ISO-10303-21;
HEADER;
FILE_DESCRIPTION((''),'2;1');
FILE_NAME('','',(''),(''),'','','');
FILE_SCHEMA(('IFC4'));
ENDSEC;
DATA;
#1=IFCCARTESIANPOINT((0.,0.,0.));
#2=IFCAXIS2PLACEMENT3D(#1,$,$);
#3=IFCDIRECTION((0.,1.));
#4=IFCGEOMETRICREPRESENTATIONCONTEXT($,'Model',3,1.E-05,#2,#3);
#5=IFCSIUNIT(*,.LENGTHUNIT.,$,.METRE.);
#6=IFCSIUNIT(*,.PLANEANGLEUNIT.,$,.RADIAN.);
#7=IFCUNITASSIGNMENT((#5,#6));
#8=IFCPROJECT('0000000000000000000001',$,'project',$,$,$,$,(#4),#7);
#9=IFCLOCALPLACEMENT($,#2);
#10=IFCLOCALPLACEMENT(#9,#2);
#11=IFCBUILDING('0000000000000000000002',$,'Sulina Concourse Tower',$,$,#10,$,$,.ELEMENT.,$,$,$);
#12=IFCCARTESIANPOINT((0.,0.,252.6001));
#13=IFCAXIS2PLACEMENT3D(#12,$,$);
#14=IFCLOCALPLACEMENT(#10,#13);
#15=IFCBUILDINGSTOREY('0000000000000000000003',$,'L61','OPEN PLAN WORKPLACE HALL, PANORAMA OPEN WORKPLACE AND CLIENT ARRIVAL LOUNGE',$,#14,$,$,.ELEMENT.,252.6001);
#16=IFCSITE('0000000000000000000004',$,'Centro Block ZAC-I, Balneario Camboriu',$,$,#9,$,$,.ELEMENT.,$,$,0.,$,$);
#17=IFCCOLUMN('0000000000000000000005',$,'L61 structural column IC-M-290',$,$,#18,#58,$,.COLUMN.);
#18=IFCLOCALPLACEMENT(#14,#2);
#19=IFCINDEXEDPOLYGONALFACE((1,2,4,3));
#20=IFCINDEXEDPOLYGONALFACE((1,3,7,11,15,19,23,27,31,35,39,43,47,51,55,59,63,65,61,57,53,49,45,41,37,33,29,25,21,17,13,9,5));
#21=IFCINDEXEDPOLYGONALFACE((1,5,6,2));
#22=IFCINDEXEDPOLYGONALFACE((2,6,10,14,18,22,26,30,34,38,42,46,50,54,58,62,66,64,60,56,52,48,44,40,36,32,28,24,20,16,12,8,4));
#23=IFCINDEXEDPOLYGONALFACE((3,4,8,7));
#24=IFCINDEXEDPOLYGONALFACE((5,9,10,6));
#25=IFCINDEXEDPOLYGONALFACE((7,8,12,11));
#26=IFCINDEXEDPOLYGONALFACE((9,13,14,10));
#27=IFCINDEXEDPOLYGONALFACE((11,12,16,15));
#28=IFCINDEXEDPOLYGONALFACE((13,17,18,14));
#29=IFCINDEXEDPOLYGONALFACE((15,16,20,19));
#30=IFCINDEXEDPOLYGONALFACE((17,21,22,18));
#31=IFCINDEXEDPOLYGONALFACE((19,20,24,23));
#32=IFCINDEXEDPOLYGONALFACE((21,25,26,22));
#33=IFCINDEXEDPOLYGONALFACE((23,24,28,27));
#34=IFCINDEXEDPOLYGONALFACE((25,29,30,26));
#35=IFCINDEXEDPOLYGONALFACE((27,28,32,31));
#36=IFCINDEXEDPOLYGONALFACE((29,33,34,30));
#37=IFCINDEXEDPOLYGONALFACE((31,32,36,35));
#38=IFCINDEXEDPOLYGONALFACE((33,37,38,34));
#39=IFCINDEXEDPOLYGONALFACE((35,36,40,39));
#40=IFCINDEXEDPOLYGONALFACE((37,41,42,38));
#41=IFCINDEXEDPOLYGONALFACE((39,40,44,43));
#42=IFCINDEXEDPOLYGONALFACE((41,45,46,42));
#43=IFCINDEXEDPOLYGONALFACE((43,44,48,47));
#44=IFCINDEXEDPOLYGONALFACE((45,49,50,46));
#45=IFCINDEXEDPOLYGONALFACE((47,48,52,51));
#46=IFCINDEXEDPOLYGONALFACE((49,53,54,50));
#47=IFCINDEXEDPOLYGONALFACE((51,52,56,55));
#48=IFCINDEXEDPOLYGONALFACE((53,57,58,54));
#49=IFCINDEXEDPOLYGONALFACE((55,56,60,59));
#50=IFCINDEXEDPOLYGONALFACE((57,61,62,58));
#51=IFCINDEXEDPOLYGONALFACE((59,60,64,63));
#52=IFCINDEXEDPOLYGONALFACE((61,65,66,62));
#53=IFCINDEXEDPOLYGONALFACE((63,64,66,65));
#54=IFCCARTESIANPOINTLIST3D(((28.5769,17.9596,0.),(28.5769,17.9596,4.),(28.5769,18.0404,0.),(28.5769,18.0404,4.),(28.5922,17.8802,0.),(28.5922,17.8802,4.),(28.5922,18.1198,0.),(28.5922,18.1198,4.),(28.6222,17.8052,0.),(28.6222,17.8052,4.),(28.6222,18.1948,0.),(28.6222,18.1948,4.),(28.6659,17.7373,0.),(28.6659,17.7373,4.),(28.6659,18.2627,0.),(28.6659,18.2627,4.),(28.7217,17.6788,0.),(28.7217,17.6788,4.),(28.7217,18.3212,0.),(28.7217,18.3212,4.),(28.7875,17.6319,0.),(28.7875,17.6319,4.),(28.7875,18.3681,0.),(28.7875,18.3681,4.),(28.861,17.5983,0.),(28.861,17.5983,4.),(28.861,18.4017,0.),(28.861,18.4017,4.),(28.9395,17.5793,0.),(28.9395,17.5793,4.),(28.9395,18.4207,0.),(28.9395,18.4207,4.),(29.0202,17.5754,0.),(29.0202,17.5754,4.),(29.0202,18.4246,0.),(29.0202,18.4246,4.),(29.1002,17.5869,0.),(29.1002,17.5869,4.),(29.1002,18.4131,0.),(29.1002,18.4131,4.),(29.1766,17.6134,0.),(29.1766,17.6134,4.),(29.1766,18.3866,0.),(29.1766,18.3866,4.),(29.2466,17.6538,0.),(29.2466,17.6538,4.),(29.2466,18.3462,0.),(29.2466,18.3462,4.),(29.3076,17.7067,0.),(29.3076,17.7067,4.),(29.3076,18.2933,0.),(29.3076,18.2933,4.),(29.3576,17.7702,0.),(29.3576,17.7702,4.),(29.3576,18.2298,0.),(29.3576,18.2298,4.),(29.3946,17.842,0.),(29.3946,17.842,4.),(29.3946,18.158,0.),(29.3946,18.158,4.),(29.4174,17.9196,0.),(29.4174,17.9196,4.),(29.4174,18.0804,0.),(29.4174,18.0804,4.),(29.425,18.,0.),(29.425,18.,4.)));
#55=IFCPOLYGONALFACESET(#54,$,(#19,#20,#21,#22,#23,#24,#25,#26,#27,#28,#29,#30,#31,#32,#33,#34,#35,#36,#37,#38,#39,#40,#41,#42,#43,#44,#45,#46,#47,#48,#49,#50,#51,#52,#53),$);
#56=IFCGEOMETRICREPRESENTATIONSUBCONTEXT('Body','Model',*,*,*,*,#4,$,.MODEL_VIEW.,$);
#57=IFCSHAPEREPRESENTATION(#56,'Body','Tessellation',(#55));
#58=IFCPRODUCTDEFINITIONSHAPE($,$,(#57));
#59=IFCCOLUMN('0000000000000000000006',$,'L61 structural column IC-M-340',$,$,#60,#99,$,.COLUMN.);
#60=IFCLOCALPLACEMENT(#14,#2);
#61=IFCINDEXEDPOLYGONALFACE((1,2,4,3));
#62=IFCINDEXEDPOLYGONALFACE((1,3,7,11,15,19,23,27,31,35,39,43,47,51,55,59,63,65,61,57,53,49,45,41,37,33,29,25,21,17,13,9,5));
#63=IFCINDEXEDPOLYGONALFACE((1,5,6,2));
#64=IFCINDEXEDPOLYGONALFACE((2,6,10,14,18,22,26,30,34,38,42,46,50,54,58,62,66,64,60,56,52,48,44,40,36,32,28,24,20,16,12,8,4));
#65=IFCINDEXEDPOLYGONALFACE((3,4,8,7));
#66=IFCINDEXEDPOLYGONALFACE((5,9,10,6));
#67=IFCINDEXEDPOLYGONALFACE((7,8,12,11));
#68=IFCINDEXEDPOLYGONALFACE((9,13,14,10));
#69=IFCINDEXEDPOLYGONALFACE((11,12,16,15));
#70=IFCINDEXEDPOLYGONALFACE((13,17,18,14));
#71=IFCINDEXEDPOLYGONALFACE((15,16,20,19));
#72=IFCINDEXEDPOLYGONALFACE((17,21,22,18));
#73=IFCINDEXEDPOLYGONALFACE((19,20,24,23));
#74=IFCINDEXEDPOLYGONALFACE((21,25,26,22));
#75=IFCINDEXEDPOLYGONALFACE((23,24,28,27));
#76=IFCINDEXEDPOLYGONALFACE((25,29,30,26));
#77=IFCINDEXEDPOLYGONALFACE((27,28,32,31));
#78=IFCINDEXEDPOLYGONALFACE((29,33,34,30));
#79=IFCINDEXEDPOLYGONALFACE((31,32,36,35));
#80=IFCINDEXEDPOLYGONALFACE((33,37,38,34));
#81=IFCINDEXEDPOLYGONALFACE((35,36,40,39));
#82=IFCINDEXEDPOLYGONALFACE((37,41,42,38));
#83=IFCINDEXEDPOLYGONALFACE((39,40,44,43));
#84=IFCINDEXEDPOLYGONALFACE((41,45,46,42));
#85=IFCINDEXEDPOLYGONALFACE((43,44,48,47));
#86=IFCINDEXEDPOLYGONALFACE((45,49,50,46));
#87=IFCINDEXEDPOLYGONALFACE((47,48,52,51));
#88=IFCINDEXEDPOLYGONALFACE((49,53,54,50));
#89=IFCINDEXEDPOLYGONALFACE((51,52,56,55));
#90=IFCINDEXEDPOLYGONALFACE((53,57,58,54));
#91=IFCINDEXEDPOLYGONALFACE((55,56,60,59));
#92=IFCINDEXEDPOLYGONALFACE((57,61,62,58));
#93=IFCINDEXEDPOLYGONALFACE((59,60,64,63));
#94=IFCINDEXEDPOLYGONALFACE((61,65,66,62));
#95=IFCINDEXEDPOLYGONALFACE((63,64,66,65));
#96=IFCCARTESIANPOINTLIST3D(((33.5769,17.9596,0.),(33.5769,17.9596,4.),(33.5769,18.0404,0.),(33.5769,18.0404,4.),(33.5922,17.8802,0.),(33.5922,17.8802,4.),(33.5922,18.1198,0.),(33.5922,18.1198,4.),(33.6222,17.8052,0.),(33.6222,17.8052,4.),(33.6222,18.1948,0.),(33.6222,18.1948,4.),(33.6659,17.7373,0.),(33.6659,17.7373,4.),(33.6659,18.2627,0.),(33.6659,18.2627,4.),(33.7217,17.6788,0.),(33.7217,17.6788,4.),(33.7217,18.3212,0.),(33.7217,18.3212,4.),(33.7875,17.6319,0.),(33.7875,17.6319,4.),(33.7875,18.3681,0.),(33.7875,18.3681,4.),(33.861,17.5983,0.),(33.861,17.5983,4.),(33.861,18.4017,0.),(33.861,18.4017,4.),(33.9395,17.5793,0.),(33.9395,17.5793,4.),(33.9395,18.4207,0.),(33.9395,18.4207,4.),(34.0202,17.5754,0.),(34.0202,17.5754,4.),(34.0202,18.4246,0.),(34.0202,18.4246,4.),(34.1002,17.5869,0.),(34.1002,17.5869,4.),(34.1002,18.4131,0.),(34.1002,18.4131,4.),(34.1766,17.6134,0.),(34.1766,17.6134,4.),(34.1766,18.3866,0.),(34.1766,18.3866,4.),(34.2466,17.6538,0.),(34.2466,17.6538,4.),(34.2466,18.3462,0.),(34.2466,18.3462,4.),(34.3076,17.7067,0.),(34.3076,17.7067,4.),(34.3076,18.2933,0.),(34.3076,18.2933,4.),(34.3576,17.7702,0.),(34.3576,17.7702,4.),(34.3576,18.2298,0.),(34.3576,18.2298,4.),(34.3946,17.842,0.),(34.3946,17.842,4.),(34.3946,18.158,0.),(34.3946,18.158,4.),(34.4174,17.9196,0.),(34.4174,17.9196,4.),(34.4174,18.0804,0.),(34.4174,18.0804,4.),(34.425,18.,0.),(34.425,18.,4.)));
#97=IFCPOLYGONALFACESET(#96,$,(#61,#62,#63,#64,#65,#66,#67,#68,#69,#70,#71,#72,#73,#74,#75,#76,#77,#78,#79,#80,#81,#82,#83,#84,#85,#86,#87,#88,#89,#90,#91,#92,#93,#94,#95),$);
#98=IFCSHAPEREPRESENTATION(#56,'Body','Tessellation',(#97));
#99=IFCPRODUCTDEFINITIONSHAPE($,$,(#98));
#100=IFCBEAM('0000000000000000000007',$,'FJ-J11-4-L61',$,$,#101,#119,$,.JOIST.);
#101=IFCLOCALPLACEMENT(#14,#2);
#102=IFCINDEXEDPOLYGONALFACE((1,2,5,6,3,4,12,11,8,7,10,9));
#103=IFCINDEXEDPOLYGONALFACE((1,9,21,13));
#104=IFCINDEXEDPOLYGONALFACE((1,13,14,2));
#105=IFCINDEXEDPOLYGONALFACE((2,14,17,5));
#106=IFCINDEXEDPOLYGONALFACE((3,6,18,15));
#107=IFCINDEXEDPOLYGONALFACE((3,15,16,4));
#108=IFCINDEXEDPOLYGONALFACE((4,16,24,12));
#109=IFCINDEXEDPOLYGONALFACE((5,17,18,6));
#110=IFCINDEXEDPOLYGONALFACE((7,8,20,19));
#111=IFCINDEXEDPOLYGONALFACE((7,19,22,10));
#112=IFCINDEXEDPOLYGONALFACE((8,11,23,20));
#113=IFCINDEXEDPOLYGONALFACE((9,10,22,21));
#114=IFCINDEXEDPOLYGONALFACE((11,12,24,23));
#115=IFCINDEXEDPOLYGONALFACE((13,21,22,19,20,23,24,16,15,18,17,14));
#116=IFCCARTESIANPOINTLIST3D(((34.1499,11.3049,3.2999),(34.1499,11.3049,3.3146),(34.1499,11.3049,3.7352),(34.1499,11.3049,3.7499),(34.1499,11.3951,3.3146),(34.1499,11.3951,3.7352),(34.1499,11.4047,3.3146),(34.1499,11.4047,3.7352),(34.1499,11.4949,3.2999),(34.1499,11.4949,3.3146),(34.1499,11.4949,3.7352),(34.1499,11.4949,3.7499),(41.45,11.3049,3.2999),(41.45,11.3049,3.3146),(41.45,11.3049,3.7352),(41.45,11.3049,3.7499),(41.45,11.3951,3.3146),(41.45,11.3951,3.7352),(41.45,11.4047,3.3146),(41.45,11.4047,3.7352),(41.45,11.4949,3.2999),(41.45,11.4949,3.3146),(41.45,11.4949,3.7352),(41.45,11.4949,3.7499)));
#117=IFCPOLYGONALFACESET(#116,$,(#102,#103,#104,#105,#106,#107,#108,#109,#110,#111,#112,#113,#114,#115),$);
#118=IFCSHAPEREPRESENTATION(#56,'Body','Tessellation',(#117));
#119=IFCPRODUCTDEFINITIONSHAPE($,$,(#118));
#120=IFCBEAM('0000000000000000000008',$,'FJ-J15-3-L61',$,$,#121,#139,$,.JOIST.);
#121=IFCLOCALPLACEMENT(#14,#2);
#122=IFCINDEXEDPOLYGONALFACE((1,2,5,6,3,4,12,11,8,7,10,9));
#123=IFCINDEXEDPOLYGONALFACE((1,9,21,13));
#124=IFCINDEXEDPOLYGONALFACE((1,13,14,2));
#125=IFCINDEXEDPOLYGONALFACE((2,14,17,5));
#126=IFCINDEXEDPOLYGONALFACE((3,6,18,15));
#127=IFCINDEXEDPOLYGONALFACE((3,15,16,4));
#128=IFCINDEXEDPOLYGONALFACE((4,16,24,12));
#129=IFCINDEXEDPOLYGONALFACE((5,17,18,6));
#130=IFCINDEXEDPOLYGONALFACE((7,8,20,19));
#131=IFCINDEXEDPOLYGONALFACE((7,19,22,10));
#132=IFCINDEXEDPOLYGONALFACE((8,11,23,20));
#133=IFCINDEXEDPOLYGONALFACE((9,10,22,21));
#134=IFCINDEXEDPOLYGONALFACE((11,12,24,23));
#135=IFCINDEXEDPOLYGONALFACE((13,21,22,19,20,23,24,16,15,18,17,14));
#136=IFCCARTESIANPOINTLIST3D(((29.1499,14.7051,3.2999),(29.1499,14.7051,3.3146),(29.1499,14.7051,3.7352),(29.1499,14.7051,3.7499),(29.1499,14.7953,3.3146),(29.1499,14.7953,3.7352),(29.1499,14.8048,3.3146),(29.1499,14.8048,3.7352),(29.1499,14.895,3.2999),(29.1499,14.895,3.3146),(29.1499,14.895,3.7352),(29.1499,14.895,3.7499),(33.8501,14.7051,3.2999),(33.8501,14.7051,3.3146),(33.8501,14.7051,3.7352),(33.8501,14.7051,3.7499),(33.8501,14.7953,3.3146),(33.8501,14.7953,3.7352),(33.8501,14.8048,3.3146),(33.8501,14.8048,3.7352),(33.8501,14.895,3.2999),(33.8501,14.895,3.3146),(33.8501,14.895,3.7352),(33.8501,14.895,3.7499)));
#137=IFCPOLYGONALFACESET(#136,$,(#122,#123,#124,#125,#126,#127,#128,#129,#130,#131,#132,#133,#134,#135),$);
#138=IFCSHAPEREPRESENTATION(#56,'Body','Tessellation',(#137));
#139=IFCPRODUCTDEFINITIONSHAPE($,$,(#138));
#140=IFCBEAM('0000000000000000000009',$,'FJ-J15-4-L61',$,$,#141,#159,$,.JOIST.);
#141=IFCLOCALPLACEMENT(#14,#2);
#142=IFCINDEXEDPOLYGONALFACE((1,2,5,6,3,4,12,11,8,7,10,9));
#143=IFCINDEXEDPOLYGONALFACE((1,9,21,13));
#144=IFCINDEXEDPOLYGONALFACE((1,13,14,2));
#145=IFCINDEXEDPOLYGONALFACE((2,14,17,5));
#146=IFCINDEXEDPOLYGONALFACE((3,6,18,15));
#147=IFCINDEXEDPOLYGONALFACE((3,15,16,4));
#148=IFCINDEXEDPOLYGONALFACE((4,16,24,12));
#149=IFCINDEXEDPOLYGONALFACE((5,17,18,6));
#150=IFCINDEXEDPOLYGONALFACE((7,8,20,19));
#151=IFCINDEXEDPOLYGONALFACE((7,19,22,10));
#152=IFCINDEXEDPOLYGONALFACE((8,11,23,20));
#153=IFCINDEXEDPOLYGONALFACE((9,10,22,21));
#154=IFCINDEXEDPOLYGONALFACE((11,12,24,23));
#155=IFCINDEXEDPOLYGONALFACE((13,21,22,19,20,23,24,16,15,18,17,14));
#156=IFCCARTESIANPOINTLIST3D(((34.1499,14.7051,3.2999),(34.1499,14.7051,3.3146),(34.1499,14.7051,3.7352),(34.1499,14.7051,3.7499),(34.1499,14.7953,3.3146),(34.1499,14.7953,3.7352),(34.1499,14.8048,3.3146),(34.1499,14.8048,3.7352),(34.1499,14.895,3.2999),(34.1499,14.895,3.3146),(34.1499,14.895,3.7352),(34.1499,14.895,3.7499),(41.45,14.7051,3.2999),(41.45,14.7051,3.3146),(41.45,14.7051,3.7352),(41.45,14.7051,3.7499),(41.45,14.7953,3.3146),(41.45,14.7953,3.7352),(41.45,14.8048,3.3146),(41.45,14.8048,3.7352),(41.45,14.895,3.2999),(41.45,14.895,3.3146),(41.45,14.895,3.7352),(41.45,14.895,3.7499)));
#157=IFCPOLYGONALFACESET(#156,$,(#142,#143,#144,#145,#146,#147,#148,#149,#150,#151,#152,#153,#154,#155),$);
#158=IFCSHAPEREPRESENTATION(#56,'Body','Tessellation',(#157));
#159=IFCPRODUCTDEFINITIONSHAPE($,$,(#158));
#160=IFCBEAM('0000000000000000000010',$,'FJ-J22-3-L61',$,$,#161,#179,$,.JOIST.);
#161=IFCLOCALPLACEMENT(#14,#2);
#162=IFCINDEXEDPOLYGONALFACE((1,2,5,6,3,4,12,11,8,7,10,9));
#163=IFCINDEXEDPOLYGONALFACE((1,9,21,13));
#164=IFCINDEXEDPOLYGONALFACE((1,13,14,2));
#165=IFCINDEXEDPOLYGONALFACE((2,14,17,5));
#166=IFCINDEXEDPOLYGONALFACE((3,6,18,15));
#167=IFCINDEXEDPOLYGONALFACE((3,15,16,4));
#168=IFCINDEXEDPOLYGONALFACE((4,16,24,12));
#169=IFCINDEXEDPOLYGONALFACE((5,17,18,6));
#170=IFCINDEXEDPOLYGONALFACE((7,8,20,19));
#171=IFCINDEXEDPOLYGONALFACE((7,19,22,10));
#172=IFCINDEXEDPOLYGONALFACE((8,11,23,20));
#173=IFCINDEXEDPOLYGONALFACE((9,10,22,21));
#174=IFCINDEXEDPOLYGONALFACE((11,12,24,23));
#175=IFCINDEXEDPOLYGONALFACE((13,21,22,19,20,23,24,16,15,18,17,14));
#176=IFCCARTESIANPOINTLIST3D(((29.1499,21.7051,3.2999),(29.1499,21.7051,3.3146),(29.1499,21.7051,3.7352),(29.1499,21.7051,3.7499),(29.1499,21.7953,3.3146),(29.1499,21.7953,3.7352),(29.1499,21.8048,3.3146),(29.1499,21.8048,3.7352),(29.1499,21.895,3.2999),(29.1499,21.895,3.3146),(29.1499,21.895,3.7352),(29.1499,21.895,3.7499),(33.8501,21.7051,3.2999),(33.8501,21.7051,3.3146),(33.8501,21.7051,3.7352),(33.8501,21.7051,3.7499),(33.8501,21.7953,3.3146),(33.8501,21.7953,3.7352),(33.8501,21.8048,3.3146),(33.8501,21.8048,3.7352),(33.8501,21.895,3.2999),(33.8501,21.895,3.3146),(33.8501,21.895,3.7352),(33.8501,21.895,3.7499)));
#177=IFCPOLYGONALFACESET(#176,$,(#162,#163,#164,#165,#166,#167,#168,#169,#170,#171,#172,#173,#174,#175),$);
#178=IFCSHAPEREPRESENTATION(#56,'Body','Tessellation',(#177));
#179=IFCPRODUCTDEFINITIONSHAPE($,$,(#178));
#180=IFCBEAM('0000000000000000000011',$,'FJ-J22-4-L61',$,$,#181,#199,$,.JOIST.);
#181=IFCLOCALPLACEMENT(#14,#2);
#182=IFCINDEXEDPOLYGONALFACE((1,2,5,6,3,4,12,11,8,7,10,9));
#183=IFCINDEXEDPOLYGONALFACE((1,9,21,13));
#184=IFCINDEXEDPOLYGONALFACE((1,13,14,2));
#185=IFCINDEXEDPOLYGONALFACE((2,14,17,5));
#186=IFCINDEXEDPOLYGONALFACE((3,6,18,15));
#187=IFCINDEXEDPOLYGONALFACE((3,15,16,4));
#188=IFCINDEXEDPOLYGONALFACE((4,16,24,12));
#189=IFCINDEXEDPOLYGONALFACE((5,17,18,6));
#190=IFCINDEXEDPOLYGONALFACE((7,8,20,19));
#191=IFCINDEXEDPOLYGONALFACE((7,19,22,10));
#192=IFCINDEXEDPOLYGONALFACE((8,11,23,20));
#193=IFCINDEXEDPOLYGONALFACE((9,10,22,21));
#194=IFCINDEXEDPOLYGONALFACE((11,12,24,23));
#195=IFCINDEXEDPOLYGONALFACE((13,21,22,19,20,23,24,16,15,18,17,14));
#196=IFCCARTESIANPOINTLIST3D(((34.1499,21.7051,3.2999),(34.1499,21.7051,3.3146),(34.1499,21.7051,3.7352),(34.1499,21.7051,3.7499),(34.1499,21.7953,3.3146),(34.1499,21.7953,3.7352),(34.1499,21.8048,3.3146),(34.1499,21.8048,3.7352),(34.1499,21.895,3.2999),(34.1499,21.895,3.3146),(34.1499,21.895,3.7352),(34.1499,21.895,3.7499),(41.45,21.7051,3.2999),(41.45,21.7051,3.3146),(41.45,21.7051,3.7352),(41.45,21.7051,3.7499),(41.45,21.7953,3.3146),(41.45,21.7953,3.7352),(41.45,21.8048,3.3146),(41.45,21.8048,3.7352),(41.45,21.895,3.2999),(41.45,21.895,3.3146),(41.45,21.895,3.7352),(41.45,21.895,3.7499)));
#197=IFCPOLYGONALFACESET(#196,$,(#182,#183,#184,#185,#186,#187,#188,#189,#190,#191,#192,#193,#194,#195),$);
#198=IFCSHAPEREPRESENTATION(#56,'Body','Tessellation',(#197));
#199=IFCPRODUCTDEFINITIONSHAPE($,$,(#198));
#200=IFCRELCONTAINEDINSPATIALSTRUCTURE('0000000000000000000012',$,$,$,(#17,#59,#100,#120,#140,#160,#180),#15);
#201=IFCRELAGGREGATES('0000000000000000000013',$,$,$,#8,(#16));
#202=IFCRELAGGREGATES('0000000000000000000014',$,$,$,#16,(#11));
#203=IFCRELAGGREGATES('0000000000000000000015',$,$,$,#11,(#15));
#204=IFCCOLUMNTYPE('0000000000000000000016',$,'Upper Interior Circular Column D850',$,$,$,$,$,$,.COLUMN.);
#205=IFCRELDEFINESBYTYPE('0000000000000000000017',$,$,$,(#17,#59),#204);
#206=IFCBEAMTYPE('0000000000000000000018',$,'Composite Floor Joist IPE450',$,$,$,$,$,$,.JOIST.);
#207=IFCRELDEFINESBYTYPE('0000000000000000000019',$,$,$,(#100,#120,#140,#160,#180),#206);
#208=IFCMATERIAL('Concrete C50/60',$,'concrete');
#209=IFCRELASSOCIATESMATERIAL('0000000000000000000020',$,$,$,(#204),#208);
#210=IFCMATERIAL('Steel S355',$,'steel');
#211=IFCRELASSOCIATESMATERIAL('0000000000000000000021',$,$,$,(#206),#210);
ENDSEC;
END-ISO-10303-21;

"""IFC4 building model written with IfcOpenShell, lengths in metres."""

from ifc_helpers import new_model, si_unit, direction, frame, origin, origin_2d, place, context, subcontext, project, spatial, circle, i_section, extrude, material, material_profile, profile_set, type_object, element, save


model = new_model("IFC4")

# Units and contexts
model_context = context("Model", 3, precision=1e-05, world=origin(), true_north=direction((0.0, 1.0)))
body_context = subcontext(model_context, "Body", "Model", "MODEL_VIEW")
ifc_project = project(units=[si_unit("LENGTHUNIT", "METRE"), si_unit("PLANEANGLEUNIT", "RADIAN")], contexts=[model_context])

# Site, building, storey
site_placement = place(None, origin())
site = spatial("IfcSite", under=ifc_project, at=site_placement, Name="Centro Block ZAC-I, Balneario Camboriu", CompositionType="ELEMENT", RefElevation=0.0)
building_placement = place(site_placement, origin())
building = spatial("IfcBuilding", under=site, at=building_placement, Name="Sulina Concourse Tower", CompositionType="ELEMENT")
storey_placement = place(building_placement, frame((0.0, 0.0, 252.6001)))
storey = spatial("IfcBuildingStorey", under=building, at=storey_placement, Name="L61", Description="OPEN PLAN WORKPLACE HALL, PANORAMA OPEN WORKPLACE AND CLIENT ARRIVAL LOUNGE", CompositionType="ELEMENT", Elevation=252.6001)

# Columns
ifc_material_1 = material(Name="Concrete C50/60", Category="concrete")
ifc_material_profile_1 = material_profile(ifc_material_1, circle(Radius=0.425, at=origin_2d()), Name="RC D850")
ifc_profile_set_1 = profile_set([ifc_material_profile_1], Name="Concrete C50/60")
column_type = type_object("IfcColumnType", Name="Upper Interior Circular Column D850", PredefinedType="COLUMN", material=ifc_profile_set_1)
for number, where, z_axis, x_axis, name in (
    (1, (29.0, 18.0, 0.0), (0.0, 0.0, 1.0), (1.0, 0.0, 0.0), "L61 structural column IC-M-290"),
    (2, (34.0, 18.0, 0.0), (0.0, 0.0, 1.0), (1.0, 0.0, 0.0), "L61 structural column IC-M-340"),
):
    element("IfcColumn", number, at=place(storey_placement, frame(where, z_axis=z_axis, x_axis=x_axis)), inside=storey, type_object=column_type, Name=name, PredefinedType="COLUMN", context=body_context, shape_type="SweptSolid", body=[
        extrude(circle(Radius=0.425, at=origin_2d()), origin(), (0.0, 0.0, 1.0), 4.0),
    ])

# Beams
ifc_material_2 = material(Name="Steel S355", Category="steel")
ifc_material_profile_2 = material_profile(ifc_material_2, i_section(OverallWidth=0.1899, OverallDepth=0.45, WebThickness=0.0095, FlangeThickness=0.0146, at=origin_2d()), Name="IPE 450")
ifc_profile_set_2 = profile_set([ifc_material_profile_2], Name="Steel S355")
beam_type_1 = type_object("IfcBeamType", Name="Composite Floor Joist IPE450", PredefinedType="JOIST", material=ifc_profile_set_2)
beam_1_placement = place(storey_placement, frame((34.1499, 11.3999, 3.5249), z_axis=(1.0, 0.0, 0.0), x_axis=(0.0, 1.0, 0.0)))
element("IfcBeam", 3, at=beam_1_placement, inside=storey, type_object=beam_type_1, Name="FJ-J11-4-L61", PredefinedType="JOIST", context=body_context, shape_type="SweptSolid", body=[
    extrude(i_section(OverallWidth=0.1899, OverallDepth=0.45, WebThickness=0.0095, FlangeThickness=0.0146, at=origin_2d()), origin(), (0.0, 0.0, 1.0), 7.3),
])
beam_2_placement = place(storey_placement, frame((29.1499, 14.8, 3.5249), z_axis=(1.0, 0.0, 0.0), x_axis=(0.0, 1.0, 0.0)))
element("IfcBeam", 4, at=beam_2_placement, inside=storey, type_object=beam_type_1, Name="FJ-J15-3-L61", PredefinedType="JOIST", context=body_context, shape_type="SweptSolid", body=[
    extrude(i_section(OverallWidth=0.1899, OverallDepth=0.45, WebThickness=0.0095, FlangeThickness=0.0146, at=origin_2d()), origin(), (0.0, 0.0, 1.0), 4.7002),
])
beam_3_placement = place(storey_placement, frame((34.1499, 14.8, 3.5249), z_axis=(1.0, 0.0, 0.0), x_axis=(0.0, 1.0, 0.0)))
element("IfcBeam", 5, at=beam_3_placement, inside=storey, type_object=beam_type_1, Name="FJ-J15-4-L61", PredefinedType="JOIST", context=body_context, shape_type="SweptSolid", body=[
    extrude(i_section(OverallWidth=0.1899, OverallDepth=0.45, WebThickness=0.0095, FlangeThickness=0.0146, at=origin_2d()), origin(), (0.0, 0.0, 1.0), 7.3),
])
beam_4_placement = place(storey_placement, frame((29.1499, 21.8, 3.5249), z_axis=(1.0, 0.0, 0.0), x_axis=(0.0, 1.0, 0.0)))
element("IfcBeam", 6, at=beam_4_placement, inside=storey, type_object=beam_type_1, Name="FJ-J22-3-L61", PredefinedType="JOIST", context=body_context, shape_type="SweptSolid", body=[
    extrude(i_section(OverallWidth=0.1899, OverallDepth=0.45, WebThickness=0.0095, FlangeThickness=0.0146, at=origin_2d()), origin(), (0.0, 0.0, 1.0), 4.7002),
])
beam_5_placement = place(storey_placement, frame((34.1499, 21.8, 3.5249), z_axis=(1.0, 0.0, 0.0), x_axis=(0.0, 1.0, 0.0)))
element("IfcBeam", 7, at=beam_5_placement, inside=storey, type_object=beam_type_1, Name="FJ-J22-4-L61", PredefinedType="JOIST", context=body_context, shape_type="SweptSolid", body=[
    extrude(i_section(OverallWidth=0.1899, OverallDepth=0.45, WebThickness=0.0095, FlangeThickness=0.0146, at=origin_2d()), origin(), (0.0, 0.0, 1.0), 7.3),
])

save(model, "model.ifc")
